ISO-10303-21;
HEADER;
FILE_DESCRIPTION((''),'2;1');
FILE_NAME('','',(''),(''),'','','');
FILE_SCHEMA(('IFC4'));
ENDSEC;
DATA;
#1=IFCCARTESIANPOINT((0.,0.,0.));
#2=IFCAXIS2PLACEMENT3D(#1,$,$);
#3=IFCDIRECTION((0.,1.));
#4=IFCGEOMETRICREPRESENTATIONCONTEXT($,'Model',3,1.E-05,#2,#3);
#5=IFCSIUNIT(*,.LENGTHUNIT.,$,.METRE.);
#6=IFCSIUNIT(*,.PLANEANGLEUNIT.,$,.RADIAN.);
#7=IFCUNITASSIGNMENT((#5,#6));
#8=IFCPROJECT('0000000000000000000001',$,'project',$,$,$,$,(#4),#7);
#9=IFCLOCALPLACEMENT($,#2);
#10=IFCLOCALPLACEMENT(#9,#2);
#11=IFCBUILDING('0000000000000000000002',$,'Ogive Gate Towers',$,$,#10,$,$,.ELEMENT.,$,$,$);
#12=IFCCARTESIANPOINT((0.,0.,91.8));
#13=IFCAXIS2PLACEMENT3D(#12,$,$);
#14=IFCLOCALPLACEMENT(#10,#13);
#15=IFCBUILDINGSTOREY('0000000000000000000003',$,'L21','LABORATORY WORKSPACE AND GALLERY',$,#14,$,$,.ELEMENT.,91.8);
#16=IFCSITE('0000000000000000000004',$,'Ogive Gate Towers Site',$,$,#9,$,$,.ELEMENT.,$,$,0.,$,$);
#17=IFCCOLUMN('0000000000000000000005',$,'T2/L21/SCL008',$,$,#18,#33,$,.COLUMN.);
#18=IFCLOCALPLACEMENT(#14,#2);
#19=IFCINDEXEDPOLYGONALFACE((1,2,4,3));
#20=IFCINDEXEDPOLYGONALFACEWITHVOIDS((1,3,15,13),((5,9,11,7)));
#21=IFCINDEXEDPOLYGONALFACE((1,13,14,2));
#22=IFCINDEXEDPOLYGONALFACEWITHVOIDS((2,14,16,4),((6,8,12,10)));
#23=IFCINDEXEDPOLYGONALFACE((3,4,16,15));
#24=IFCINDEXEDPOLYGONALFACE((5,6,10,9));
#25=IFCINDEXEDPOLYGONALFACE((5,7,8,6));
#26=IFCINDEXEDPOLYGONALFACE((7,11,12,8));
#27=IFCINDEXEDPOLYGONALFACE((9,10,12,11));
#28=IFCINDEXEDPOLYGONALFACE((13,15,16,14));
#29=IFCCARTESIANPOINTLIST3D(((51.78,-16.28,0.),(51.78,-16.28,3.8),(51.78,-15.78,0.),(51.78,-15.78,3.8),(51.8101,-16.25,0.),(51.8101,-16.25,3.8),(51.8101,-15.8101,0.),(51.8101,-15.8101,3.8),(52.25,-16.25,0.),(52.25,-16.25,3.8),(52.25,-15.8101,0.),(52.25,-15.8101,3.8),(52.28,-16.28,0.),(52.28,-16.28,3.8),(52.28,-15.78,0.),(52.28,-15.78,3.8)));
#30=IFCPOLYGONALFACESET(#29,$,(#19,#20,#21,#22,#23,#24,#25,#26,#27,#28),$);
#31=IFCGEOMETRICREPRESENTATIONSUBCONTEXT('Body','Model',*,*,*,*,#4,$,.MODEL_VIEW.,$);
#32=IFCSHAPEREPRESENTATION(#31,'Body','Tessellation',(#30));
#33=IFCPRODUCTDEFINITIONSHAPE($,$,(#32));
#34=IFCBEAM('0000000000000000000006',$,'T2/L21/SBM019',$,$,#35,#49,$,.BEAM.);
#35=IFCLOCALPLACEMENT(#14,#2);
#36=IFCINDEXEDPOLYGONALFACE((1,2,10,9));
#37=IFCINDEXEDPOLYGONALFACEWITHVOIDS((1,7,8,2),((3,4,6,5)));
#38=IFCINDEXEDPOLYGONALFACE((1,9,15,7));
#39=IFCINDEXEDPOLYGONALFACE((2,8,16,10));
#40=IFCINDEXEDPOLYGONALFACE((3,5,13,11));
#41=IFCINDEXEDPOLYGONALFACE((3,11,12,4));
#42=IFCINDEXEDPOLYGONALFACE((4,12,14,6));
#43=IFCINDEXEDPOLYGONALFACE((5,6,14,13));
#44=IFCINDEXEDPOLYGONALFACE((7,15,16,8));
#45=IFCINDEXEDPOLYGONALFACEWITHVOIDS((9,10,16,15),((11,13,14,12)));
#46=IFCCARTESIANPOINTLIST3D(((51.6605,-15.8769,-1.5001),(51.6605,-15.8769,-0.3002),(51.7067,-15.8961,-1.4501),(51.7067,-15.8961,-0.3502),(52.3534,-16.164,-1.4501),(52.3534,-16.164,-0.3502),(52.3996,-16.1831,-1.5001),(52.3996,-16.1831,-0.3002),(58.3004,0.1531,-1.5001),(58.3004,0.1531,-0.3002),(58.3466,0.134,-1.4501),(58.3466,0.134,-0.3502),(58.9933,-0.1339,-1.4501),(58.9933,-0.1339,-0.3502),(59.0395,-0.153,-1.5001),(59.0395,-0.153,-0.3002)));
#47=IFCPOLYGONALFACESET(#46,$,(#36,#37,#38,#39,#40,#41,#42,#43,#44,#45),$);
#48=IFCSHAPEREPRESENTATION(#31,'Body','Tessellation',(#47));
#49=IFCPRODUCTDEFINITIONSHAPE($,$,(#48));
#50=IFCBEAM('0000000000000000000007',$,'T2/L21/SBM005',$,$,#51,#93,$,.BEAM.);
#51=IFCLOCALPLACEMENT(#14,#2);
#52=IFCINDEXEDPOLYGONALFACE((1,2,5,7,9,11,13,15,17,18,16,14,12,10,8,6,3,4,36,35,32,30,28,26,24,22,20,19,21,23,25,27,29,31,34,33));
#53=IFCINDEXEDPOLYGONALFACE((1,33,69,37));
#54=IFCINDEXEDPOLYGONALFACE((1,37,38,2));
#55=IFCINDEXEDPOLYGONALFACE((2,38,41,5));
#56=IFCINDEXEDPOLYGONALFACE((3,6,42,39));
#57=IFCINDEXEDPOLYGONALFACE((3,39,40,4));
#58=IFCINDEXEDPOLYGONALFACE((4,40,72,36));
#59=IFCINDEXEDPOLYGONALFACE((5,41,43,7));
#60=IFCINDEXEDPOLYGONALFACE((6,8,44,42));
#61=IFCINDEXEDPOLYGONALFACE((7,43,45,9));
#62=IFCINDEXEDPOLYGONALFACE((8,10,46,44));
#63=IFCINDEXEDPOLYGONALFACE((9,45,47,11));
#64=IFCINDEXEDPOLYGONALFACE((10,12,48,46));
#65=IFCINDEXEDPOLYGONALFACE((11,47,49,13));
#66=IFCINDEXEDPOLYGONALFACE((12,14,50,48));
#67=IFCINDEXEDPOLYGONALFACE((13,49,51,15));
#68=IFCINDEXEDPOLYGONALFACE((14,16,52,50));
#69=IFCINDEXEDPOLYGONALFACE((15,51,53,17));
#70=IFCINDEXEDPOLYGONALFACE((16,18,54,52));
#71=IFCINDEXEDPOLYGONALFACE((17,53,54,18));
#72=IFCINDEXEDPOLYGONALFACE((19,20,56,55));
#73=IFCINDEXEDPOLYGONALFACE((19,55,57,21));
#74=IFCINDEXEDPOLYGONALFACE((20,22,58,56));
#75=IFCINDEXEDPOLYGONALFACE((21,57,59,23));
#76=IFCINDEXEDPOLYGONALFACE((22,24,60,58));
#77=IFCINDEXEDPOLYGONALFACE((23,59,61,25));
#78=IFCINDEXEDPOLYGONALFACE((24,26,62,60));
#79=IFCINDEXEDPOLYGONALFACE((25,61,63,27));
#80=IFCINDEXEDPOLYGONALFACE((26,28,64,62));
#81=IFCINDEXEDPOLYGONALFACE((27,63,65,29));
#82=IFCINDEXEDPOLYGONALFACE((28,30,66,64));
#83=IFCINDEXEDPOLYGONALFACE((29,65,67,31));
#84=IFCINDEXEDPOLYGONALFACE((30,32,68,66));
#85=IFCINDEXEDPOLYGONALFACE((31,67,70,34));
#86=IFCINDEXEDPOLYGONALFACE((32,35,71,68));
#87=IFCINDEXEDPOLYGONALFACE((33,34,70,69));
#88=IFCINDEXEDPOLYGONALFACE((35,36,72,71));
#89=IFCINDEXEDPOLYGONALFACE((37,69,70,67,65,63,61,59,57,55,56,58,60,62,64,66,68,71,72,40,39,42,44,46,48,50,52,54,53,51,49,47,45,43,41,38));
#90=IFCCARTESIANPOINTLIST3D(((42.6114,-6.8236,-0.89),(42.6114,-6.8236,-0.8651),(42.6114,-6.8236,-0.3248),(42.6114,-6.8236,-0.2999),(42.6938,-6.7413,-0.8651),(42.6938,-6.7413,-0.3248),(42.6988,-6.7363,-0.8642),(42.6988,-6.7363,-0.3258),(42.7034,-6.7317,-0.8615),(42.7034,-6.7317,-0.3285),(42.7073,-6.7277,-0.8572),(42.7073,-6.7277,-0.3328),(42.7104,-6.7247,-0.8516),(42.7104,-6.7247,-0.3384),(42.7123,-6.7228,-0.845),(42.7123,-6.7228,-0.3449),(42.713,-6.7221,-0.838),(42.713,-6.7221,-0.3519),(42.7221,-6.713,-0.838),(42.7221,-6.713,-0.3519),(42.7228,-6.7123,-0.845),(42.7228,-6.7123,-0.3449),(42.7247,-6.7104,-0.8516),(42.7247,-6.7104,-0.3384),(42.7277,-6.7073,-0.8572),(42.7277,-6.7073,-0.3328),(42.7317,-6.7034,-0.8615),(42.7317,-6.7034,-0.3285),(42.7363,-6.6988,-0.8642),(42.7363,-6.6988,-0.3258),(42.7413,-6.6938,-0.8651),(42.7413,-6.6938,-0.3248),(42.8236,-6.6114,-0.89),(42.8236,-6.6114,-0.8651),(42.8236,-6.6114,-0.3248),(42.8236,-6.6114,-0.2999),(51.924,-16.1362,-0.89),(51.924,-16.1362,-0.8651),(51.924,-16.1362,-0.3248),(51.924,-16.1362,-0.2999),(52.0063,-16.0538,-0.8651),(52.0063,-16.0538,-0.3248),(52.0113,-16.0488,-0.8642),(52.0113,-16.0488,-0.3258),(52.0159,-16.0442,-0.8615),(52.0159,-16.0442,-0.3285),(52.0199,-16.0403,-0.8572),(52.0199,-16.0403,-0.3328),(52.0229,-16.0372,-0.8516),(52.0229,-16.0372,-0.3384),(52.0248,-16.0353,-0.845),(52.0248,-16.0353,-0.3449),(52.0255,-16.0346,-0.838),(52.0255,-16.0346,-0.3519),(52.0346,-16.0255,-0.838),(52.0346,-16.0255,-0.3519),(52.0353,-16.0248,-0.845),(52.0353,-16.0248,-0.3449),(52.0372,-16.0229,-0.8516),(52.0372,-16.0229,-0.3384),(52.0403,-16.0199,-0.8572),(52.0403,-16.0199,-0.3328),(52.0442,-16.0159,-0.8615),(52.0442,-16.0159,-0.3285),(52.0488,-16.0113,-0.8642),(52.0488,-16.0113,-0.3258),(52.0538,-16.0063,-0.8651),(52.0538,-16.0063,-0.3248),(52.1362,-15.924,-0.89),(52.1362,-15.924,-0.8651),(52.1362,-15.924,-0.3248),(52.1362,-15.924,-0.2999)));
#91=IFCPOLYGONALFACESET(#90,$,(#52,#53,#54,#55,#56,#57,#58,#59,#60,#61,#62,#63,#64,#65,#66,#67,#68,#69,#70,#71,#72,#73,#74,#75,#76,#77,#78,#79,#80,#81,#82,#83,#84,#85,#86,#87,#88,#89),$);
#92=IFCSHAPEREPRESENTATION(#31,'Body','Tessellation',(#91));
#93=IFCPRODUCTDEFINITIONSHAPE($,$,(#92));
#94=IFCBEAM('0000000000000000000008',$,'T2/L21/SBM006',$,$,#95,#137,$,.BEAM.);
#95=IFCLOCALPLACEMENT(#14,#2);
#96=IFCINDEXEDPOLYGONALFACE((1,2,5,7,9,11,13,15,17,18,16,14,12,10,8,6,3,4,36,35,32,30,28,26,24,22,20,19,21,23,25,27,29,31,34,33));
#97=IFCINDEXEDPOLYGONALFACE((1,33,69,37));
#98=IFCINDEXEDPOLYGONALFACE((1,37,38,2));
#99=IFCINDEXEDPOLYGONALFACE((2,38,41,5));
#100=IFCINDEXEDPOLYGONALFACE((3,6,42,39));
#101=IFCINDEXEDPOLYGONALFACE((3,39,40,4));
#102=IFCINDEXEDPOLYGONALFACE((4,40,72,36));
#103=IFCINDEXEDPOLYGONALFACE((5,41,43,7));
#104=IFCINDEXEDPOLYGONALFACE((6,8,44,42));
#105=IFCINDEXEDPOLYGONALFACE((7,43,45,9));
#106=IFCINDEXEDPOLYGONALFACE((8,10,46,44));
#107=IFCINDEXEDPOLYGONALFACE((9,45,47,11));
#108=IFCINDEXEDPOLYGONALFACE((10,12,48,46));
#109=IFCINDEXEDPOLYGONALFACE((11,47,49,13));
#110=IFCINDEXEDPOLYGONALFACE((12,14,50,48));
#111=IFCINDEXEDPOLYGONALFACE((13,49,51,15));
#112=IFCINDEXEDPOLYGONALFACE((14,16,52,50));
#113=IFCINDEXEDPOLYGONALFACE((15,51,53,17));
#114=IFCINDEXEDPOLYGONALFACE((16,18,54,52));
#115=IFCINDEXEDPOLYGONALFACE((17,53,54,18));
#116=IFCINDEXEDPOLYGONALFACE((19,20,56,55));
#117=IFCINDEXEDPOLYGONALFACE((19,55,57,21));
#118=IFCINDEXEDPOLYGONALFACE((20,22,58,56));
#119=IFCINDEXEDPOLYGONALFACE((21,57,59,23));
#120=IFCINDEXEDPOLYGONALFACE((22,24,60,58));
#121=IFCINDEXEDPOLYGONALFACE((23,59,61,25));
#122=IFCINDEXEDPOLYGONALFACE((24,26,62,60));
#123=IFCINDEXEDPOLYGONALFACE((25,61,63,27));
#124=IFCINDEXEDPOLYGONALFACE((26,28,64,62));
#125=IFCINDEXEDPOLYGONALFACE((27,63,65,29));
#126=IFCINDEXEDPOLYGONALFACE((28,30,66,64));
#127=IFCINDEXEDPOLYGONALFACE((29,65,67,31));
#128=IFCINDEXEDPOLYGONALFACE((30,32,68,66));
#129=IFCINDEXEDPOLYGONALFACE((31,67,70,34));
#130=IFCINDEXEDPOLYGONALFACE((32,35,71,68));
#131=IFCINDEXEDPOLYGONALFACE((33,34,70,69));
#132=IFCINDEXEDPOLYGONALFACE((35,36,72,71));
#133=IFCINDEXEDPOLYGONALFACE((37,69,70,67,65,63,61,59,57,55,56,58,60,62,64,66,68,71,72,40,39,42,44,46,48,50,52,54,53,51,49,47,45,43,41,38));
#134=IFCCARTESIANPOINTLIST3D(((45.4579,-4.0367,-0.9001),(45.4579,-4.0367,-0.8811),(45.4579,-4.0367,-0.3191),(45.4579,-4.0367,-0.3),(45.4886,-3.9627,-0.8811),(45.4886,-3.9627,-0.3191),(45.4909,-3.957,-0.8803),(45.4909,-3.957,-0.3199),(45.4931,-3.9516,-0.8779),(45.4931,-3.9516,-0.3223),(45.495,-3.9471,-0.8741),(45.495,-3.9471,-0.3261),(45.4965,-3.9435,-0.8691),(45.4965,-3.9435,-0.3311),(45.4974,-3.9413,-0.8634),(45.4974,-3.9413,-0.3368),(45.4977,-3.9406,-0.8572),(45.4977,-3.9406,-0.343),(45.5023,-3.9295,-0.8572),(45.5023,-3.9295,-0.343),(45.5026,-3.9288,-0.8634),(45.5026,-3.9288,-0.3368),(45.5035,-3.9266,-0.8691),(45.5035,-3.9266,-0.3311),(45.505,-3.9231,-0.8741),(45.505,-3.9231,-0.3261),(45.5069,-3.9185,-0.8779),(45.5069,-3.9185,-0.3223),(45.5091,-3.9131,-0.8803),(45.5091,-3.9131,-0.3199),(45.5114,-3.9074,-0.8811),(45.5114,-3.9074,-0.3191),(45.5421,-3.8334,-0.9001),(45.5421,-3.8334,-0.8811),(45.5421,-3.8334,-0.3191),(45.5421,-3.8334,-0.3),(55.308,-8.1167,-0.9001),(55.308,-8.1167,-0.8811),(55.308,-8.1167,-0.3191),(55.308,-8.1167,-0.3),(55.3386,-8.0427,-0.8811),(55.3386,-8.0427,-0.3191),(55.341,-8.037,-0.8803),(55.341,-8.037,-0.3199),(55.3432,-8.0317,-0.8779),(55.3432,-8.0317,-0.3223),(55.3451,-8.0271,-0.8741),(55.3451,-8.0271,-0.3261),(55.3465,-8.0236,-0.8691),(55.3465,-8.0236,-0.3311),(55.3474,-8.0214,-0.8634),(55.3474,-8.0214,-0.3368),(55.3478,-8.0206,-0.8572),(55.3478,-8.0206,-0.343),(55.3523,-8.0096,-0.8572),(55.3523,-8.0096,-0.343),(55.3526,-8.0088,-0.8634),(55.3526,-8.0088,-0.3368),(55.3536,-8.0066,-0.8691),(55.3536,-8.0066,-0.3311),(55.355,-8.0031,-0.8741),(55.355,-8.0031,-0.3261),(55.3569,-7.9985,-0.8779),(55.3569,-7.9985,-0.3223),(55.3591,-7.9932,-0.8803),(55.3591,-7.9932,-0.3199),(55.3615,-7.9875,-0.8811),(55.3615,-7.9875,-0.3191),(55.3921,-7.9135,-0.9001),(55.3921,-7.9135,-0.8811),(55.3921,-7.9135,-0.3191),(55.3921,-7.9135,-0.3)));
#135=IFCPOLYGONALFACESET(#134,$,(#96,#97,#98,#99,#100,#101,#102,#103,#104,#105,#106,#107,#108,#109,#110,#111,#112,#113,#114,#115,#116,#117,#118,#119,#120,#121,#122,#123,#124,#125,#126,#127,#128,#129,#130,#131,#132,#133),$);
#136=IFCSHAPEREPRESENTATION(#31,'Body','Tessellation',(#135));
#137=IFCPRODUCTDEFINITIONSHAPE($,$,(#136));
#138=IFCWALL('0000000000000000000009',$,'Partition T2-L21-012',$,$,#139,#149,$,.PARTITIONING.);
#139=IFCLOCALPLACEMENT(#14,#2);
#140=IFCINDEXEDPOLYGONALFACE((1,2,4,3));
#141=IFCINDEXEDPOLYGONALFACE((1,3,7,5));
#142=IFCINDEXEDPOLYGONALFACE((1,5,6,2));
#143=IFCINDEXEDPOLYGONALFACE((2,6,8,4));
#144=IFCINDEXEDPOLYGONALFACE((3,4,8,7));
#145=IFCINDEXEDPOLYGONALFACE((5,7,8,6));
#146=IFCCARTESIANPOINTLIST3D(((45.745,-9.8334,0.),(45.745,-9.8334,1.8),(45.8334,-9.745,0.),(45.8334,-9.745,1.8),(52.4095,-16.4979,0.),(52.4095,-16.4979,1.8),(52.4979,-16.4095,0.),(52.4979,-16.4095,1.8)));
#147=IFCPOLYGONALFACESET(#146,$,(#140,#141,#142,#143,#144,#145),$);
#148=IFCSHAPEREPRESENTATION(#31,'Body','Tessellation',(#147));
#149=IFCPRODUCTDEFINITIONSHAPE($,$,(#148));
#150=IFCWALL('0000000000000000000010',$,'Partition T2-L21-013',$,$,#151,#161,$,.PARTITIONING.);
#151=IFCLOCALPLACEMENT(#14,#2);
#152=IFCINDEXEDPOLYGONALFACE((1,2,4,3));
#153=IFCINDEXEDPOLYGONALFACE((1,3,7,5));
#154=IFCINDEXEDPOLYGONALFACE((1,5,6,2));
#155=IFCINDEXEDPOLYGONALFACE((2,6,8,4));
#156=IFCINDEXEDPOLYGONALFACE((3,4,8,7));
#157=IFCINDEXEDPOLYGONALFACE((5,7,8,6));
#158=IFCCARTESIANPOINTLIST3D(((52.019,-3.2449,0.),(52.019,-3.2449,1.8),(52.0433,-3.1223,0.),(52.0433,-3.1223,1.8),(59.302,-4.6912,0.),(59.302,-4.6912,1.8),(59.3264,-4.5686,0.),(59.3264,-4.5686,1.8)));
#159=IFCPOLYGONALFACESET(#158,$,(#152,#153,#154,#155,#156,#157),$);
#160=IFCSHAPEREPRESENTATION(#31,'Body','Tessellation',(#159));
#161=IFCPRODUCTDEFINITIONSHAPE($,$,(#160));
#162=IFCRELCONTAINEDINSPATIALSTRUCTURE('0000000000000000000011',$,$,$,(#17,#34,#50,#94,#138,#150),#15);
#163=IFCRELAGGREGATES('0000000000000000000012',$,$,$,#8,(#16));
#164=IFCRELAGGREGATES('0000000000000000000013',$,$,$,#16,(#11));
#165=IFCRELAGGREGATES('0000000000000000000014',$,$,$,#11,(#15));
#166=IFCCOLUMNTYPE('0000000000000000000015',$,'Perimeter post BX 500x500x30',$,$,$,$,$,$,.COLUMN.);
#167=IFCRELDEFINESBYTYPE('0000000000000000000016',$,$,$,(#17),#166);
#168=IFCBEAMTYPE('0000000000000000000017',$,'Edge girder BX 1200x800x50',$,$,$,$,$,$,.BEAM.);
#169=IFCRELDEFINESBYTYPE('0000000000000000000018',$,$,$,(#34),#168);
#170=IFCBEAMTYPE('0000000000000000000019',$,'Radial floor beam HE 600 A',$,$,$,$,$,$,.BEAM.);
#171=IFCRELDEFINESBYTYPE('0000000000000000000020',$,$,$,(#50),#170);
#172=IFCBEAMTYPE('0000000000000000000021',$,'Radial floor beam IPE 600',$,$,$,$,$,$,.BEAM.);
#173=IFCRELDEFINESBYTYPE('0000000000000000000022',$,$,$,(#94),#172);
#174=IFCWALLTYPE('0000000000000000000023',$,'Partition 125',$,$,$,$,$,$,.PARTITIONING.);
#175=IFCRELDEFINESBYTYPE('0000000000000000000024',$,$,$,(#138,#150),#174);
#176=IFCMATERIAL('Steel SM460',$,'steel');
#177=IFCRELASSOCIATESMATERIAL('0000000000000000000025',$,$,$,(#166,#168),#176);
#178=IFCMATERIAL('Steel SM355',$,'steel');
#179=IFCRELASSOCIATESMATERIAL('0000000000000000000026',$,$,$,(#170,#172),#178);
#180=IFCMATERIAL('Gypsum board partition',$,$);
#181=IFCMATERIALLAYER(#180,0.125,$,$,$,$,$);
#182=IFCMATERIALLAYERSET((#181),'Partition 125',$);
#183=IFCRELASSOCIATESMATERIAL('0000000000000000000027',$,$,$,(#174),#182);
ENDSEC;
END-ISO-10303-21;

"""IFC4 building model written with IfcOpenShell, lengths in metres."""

from ifc_helpers import new_model, si_unit, direction, frame, frame_2d, origin, origin_2d, place, context, subcontext, project, spatial, rectangle, hollow_rectangle, i_section, extrude, material, layer, layer_set, material_profile, profile_set, type_object, element, save


model = new_model("IFC4")

# Units and contexts
model_context = context("Model", 3, precision=1e-05, world=origin(), true_north=direction((0.0, 1.0)))
body_context = subcontext(model_context, "Body", "Model", "MODEL_VIEW")
ifc_project = project(units=[si_unit("LENGTHUNIT", "METRE"), si_unit("PLANEANGLEUNIT", "RADIAN")], contexts=[model_context])

# Site, building, storey
site_placement = place(None, origin())
site = spatial("IfcSite", under=ifc_project, at=site_placement, Name="Ogive Gate Towers Site", CompositionType="ELEMENT", RefElevation=0.0)
building_placement = place(site_placement, origin())
building = spatial("IfcBuilding", under=site, at=building_placement, Name="Ogive Gate Towers", CompositionType="ELEMENT")
storey_placement = place(building_placement, frame((0.0, 0.0, 91.8)))
storey = spatial("IfcBuildingStorey", under=building, at=storey_placement, Name="L21", Description="LABORATORY WORKSPACE AND GALLERY", CompositionType="ELEMENT", Elevation=91.8)

# Column
ifc_material_1 = material(Name="Steel SM460", Category="steel")
ifc_material_profile_1 = material_profile(ifc_material_1, hollow_rectangle(XDim=0.5, YDim=0.5, WallThickness=0.03, at=origin_2d()), Name="BX 500x500x30")
ifc_profile_set_1 = profile_set([ifc_material_profile_1], Name="Steel SM460")
column_type = type_object("IfcColumnType", Name="Perimeter post BX 500x500x30", PredefinedType="COLUMN", material=ifc_profile_set_1)
column_placement = place(storey_placement, frame((52.03, -16.03, 0.0), z_axis=(0.0, 0.0, 1.0), x_axis=(1.0, 0.0, 0.0)))
element("IfcColumn", 1, at=column_placement, inside=storey, type_object=column_type, Name="T2/L21/SCL008", PredefinedType="COLUMN", context=body_context, shape_type="SweptSolid", body=[
    extrude(hollow_rectangle(XDim=0.5, YDim=0.5, WallThickness=0.03, at=origin_2d()), origin(), (0.0, 0.0, 1.0), 3.8),
])

# Beams
ifc_material_profile_2 = material_profile(ifc_material_1, hollow_rectangle(XDim=0.8, YDim=1.2, WallThickness=0.05, at=origin_2d()), Name="BX 1200x800x50")
ifc_profile_set_2 = profile_set([ifc_material_profile_2], Name="Steel SM460")
beam_type_1 = type_object("IfcBeamType", Name="Edge girder BX 1200x800x50", PredefinedType="BEAM", material=ifc_profile_set_2)
beam_1_placement = place(storey_placement, frame((52.03, -16.03, -0.9001), z_axis=(0.382685, 0.923879, 0.0), x_axis=(-0.923879, 0.382685, 0.0)))
element("IfcBeam", 2, at=beam_1_placement, inside=storey, type_object=beam_type_1, Name="T2/L21/SBM019", PredefinedType="BEAM", context=body_context, shape_type="SweptSolid", body=[
    extrude(hollow_rectangle(XDim=0.8, YDim=1.2, WallThickness=0.05, at=origin_2d()), origin(), (0.0, 0.0, 1.0), 17.3508),
])
ifc_material_2 = material(Name="Steel SM355", Category="steel")
ifc_material_profile_3 = material_profile(ifc_material_2, i_section(OverallWidth=0.3, OverallDepth=0.5901, WebThickness=0.0129, FlangeThickness=0.0249, FilletRadius=0.0271, at=origin_2d()), Name="HE 600 A")
ifc_profile_set_3 = profile_set([ifc_material_profile_3], Name="Steel SM355")
beam_type_2 = type_object("IfcBeamType", Name="Radial floor beam HE 600 A", PredefinedType="BEAM", material=ifc_profile_set_3)
beam_2_placement = place(storey_placement, frame((42.7175, -6.7175, -0.595), z_axis=(0.707107, -0.707107, 0.0), x_axis=(0.707107, 0.707107, 0.0)))
element("IfcBeam", 3, at=beam_2_placement, inside=storey, type_object=beam_type_2, Name="T2/L21/SBM005", PredefinedType="BEAM", context=body_context, shape_type="SweptSolid", body=[
    extrude(i_section(OverallWidth=0.3, OverallDepth=0.5901, WebThickness=0.0129, FlangeThickness=0.0249, FilletRadius=0.0271, at=origin_2d()), origin(), (0.0, 0.0, 1.0), 13.1699),
])
ifc_material_profile_4 = material_profile(ifc_material_2, i_section(OverallWidth=0.22, OverallDepth=0.6001, WebThickness=0.012, FlangeThickness=0.019, FilletRadius=0.0239, at=origin_2d()), Name="IPE 600")
ifc_profile_set_4 = profile_set([ifc_material_profile_4], Name="Steel SM355")
beam_type_3 = type_object("IfcBeamType", Name="Radial floor beam IPE 600", PredefinedType="BEAM", material=ifc_profile_set_4)
beam_3_placement = place(storey_placement, frame((45.5, -3.9351, -0.6001), z_axis=(0.923878, -0.382686, 0.0), x_axis=(0.382686, 0.923878, 0.0)))
element("IfcBeam", 4, at=beam_3_placement, inside=storey, type_object=beam_type_3, Name="T2/L21/SBM006", PredefinedType="BEAM", context=body_context, shape_type="SweptSolid", body=[
    extrude(i_section(OverallWidth=0.22, OverallDepth=0.6001, WebThickness=0.012, FlangeThickness=0.019, FilletRadius=0.0239, at=origin_2d()), origin(), (0.0, 0.0, 1.0), 10.6616),
])

# Walls
ifc_material_3 = material(Name="Gypsum board partition")
ifc_layer_1 = layer(ifc_material_3, 0.125)
ifc_layer_set_1 = layer_set([ifc_layer_1], Name="Partition 125")
wall_type_1 = type_object("IfcWallType", Name="Partition 125", PredefinedType="PARTITIONING", material=ifc_layer_set_1)
wall_1_placement = place(storey_placement, frame((52.4536, -16.4536, 0.0), z_axis=(0.0, 0.0, 1.0), x_axis=(-0.707107, 0.707107, 0.0)))
element("IfcWall", 5, at=wall_1_placement, inside=storey, type_object=wall_type_1, Name="Partition T2-L21-012", PredefinedType="PARTITIONING", context=body_context, shape_type="SweptSolid", body=[
    extrude(rectangle(XDim=9.425, YDim=0.125, at=frame_2d((4.7124, 0.0))), origin(), (0.0, 0.0, 1.0), 1.8),
])
wall_2_placement = place(storey_placement, frame((59.3142, -4.6299, 0.0), z_axis=(0.0, 0.0, 1.0), x_axis=(-0.980847, 0.194782, 0.0)))
element("IfcWall", 6, at=wall_2_placement, inside=storey, type_object=wall_type_1, Name="Partition T2-L21-013", PredefinedType="PARTITIONING", context=body_context, shape_type="SweptSolid", body=[
    extrude(rectangle(XDim=7.4253, YDim=0.125, at=frame_2d((3.7126, 0.0))), origin(), (0.0, 0.0, 1.0), 1.8),
])

save(model, "model.ifc")
